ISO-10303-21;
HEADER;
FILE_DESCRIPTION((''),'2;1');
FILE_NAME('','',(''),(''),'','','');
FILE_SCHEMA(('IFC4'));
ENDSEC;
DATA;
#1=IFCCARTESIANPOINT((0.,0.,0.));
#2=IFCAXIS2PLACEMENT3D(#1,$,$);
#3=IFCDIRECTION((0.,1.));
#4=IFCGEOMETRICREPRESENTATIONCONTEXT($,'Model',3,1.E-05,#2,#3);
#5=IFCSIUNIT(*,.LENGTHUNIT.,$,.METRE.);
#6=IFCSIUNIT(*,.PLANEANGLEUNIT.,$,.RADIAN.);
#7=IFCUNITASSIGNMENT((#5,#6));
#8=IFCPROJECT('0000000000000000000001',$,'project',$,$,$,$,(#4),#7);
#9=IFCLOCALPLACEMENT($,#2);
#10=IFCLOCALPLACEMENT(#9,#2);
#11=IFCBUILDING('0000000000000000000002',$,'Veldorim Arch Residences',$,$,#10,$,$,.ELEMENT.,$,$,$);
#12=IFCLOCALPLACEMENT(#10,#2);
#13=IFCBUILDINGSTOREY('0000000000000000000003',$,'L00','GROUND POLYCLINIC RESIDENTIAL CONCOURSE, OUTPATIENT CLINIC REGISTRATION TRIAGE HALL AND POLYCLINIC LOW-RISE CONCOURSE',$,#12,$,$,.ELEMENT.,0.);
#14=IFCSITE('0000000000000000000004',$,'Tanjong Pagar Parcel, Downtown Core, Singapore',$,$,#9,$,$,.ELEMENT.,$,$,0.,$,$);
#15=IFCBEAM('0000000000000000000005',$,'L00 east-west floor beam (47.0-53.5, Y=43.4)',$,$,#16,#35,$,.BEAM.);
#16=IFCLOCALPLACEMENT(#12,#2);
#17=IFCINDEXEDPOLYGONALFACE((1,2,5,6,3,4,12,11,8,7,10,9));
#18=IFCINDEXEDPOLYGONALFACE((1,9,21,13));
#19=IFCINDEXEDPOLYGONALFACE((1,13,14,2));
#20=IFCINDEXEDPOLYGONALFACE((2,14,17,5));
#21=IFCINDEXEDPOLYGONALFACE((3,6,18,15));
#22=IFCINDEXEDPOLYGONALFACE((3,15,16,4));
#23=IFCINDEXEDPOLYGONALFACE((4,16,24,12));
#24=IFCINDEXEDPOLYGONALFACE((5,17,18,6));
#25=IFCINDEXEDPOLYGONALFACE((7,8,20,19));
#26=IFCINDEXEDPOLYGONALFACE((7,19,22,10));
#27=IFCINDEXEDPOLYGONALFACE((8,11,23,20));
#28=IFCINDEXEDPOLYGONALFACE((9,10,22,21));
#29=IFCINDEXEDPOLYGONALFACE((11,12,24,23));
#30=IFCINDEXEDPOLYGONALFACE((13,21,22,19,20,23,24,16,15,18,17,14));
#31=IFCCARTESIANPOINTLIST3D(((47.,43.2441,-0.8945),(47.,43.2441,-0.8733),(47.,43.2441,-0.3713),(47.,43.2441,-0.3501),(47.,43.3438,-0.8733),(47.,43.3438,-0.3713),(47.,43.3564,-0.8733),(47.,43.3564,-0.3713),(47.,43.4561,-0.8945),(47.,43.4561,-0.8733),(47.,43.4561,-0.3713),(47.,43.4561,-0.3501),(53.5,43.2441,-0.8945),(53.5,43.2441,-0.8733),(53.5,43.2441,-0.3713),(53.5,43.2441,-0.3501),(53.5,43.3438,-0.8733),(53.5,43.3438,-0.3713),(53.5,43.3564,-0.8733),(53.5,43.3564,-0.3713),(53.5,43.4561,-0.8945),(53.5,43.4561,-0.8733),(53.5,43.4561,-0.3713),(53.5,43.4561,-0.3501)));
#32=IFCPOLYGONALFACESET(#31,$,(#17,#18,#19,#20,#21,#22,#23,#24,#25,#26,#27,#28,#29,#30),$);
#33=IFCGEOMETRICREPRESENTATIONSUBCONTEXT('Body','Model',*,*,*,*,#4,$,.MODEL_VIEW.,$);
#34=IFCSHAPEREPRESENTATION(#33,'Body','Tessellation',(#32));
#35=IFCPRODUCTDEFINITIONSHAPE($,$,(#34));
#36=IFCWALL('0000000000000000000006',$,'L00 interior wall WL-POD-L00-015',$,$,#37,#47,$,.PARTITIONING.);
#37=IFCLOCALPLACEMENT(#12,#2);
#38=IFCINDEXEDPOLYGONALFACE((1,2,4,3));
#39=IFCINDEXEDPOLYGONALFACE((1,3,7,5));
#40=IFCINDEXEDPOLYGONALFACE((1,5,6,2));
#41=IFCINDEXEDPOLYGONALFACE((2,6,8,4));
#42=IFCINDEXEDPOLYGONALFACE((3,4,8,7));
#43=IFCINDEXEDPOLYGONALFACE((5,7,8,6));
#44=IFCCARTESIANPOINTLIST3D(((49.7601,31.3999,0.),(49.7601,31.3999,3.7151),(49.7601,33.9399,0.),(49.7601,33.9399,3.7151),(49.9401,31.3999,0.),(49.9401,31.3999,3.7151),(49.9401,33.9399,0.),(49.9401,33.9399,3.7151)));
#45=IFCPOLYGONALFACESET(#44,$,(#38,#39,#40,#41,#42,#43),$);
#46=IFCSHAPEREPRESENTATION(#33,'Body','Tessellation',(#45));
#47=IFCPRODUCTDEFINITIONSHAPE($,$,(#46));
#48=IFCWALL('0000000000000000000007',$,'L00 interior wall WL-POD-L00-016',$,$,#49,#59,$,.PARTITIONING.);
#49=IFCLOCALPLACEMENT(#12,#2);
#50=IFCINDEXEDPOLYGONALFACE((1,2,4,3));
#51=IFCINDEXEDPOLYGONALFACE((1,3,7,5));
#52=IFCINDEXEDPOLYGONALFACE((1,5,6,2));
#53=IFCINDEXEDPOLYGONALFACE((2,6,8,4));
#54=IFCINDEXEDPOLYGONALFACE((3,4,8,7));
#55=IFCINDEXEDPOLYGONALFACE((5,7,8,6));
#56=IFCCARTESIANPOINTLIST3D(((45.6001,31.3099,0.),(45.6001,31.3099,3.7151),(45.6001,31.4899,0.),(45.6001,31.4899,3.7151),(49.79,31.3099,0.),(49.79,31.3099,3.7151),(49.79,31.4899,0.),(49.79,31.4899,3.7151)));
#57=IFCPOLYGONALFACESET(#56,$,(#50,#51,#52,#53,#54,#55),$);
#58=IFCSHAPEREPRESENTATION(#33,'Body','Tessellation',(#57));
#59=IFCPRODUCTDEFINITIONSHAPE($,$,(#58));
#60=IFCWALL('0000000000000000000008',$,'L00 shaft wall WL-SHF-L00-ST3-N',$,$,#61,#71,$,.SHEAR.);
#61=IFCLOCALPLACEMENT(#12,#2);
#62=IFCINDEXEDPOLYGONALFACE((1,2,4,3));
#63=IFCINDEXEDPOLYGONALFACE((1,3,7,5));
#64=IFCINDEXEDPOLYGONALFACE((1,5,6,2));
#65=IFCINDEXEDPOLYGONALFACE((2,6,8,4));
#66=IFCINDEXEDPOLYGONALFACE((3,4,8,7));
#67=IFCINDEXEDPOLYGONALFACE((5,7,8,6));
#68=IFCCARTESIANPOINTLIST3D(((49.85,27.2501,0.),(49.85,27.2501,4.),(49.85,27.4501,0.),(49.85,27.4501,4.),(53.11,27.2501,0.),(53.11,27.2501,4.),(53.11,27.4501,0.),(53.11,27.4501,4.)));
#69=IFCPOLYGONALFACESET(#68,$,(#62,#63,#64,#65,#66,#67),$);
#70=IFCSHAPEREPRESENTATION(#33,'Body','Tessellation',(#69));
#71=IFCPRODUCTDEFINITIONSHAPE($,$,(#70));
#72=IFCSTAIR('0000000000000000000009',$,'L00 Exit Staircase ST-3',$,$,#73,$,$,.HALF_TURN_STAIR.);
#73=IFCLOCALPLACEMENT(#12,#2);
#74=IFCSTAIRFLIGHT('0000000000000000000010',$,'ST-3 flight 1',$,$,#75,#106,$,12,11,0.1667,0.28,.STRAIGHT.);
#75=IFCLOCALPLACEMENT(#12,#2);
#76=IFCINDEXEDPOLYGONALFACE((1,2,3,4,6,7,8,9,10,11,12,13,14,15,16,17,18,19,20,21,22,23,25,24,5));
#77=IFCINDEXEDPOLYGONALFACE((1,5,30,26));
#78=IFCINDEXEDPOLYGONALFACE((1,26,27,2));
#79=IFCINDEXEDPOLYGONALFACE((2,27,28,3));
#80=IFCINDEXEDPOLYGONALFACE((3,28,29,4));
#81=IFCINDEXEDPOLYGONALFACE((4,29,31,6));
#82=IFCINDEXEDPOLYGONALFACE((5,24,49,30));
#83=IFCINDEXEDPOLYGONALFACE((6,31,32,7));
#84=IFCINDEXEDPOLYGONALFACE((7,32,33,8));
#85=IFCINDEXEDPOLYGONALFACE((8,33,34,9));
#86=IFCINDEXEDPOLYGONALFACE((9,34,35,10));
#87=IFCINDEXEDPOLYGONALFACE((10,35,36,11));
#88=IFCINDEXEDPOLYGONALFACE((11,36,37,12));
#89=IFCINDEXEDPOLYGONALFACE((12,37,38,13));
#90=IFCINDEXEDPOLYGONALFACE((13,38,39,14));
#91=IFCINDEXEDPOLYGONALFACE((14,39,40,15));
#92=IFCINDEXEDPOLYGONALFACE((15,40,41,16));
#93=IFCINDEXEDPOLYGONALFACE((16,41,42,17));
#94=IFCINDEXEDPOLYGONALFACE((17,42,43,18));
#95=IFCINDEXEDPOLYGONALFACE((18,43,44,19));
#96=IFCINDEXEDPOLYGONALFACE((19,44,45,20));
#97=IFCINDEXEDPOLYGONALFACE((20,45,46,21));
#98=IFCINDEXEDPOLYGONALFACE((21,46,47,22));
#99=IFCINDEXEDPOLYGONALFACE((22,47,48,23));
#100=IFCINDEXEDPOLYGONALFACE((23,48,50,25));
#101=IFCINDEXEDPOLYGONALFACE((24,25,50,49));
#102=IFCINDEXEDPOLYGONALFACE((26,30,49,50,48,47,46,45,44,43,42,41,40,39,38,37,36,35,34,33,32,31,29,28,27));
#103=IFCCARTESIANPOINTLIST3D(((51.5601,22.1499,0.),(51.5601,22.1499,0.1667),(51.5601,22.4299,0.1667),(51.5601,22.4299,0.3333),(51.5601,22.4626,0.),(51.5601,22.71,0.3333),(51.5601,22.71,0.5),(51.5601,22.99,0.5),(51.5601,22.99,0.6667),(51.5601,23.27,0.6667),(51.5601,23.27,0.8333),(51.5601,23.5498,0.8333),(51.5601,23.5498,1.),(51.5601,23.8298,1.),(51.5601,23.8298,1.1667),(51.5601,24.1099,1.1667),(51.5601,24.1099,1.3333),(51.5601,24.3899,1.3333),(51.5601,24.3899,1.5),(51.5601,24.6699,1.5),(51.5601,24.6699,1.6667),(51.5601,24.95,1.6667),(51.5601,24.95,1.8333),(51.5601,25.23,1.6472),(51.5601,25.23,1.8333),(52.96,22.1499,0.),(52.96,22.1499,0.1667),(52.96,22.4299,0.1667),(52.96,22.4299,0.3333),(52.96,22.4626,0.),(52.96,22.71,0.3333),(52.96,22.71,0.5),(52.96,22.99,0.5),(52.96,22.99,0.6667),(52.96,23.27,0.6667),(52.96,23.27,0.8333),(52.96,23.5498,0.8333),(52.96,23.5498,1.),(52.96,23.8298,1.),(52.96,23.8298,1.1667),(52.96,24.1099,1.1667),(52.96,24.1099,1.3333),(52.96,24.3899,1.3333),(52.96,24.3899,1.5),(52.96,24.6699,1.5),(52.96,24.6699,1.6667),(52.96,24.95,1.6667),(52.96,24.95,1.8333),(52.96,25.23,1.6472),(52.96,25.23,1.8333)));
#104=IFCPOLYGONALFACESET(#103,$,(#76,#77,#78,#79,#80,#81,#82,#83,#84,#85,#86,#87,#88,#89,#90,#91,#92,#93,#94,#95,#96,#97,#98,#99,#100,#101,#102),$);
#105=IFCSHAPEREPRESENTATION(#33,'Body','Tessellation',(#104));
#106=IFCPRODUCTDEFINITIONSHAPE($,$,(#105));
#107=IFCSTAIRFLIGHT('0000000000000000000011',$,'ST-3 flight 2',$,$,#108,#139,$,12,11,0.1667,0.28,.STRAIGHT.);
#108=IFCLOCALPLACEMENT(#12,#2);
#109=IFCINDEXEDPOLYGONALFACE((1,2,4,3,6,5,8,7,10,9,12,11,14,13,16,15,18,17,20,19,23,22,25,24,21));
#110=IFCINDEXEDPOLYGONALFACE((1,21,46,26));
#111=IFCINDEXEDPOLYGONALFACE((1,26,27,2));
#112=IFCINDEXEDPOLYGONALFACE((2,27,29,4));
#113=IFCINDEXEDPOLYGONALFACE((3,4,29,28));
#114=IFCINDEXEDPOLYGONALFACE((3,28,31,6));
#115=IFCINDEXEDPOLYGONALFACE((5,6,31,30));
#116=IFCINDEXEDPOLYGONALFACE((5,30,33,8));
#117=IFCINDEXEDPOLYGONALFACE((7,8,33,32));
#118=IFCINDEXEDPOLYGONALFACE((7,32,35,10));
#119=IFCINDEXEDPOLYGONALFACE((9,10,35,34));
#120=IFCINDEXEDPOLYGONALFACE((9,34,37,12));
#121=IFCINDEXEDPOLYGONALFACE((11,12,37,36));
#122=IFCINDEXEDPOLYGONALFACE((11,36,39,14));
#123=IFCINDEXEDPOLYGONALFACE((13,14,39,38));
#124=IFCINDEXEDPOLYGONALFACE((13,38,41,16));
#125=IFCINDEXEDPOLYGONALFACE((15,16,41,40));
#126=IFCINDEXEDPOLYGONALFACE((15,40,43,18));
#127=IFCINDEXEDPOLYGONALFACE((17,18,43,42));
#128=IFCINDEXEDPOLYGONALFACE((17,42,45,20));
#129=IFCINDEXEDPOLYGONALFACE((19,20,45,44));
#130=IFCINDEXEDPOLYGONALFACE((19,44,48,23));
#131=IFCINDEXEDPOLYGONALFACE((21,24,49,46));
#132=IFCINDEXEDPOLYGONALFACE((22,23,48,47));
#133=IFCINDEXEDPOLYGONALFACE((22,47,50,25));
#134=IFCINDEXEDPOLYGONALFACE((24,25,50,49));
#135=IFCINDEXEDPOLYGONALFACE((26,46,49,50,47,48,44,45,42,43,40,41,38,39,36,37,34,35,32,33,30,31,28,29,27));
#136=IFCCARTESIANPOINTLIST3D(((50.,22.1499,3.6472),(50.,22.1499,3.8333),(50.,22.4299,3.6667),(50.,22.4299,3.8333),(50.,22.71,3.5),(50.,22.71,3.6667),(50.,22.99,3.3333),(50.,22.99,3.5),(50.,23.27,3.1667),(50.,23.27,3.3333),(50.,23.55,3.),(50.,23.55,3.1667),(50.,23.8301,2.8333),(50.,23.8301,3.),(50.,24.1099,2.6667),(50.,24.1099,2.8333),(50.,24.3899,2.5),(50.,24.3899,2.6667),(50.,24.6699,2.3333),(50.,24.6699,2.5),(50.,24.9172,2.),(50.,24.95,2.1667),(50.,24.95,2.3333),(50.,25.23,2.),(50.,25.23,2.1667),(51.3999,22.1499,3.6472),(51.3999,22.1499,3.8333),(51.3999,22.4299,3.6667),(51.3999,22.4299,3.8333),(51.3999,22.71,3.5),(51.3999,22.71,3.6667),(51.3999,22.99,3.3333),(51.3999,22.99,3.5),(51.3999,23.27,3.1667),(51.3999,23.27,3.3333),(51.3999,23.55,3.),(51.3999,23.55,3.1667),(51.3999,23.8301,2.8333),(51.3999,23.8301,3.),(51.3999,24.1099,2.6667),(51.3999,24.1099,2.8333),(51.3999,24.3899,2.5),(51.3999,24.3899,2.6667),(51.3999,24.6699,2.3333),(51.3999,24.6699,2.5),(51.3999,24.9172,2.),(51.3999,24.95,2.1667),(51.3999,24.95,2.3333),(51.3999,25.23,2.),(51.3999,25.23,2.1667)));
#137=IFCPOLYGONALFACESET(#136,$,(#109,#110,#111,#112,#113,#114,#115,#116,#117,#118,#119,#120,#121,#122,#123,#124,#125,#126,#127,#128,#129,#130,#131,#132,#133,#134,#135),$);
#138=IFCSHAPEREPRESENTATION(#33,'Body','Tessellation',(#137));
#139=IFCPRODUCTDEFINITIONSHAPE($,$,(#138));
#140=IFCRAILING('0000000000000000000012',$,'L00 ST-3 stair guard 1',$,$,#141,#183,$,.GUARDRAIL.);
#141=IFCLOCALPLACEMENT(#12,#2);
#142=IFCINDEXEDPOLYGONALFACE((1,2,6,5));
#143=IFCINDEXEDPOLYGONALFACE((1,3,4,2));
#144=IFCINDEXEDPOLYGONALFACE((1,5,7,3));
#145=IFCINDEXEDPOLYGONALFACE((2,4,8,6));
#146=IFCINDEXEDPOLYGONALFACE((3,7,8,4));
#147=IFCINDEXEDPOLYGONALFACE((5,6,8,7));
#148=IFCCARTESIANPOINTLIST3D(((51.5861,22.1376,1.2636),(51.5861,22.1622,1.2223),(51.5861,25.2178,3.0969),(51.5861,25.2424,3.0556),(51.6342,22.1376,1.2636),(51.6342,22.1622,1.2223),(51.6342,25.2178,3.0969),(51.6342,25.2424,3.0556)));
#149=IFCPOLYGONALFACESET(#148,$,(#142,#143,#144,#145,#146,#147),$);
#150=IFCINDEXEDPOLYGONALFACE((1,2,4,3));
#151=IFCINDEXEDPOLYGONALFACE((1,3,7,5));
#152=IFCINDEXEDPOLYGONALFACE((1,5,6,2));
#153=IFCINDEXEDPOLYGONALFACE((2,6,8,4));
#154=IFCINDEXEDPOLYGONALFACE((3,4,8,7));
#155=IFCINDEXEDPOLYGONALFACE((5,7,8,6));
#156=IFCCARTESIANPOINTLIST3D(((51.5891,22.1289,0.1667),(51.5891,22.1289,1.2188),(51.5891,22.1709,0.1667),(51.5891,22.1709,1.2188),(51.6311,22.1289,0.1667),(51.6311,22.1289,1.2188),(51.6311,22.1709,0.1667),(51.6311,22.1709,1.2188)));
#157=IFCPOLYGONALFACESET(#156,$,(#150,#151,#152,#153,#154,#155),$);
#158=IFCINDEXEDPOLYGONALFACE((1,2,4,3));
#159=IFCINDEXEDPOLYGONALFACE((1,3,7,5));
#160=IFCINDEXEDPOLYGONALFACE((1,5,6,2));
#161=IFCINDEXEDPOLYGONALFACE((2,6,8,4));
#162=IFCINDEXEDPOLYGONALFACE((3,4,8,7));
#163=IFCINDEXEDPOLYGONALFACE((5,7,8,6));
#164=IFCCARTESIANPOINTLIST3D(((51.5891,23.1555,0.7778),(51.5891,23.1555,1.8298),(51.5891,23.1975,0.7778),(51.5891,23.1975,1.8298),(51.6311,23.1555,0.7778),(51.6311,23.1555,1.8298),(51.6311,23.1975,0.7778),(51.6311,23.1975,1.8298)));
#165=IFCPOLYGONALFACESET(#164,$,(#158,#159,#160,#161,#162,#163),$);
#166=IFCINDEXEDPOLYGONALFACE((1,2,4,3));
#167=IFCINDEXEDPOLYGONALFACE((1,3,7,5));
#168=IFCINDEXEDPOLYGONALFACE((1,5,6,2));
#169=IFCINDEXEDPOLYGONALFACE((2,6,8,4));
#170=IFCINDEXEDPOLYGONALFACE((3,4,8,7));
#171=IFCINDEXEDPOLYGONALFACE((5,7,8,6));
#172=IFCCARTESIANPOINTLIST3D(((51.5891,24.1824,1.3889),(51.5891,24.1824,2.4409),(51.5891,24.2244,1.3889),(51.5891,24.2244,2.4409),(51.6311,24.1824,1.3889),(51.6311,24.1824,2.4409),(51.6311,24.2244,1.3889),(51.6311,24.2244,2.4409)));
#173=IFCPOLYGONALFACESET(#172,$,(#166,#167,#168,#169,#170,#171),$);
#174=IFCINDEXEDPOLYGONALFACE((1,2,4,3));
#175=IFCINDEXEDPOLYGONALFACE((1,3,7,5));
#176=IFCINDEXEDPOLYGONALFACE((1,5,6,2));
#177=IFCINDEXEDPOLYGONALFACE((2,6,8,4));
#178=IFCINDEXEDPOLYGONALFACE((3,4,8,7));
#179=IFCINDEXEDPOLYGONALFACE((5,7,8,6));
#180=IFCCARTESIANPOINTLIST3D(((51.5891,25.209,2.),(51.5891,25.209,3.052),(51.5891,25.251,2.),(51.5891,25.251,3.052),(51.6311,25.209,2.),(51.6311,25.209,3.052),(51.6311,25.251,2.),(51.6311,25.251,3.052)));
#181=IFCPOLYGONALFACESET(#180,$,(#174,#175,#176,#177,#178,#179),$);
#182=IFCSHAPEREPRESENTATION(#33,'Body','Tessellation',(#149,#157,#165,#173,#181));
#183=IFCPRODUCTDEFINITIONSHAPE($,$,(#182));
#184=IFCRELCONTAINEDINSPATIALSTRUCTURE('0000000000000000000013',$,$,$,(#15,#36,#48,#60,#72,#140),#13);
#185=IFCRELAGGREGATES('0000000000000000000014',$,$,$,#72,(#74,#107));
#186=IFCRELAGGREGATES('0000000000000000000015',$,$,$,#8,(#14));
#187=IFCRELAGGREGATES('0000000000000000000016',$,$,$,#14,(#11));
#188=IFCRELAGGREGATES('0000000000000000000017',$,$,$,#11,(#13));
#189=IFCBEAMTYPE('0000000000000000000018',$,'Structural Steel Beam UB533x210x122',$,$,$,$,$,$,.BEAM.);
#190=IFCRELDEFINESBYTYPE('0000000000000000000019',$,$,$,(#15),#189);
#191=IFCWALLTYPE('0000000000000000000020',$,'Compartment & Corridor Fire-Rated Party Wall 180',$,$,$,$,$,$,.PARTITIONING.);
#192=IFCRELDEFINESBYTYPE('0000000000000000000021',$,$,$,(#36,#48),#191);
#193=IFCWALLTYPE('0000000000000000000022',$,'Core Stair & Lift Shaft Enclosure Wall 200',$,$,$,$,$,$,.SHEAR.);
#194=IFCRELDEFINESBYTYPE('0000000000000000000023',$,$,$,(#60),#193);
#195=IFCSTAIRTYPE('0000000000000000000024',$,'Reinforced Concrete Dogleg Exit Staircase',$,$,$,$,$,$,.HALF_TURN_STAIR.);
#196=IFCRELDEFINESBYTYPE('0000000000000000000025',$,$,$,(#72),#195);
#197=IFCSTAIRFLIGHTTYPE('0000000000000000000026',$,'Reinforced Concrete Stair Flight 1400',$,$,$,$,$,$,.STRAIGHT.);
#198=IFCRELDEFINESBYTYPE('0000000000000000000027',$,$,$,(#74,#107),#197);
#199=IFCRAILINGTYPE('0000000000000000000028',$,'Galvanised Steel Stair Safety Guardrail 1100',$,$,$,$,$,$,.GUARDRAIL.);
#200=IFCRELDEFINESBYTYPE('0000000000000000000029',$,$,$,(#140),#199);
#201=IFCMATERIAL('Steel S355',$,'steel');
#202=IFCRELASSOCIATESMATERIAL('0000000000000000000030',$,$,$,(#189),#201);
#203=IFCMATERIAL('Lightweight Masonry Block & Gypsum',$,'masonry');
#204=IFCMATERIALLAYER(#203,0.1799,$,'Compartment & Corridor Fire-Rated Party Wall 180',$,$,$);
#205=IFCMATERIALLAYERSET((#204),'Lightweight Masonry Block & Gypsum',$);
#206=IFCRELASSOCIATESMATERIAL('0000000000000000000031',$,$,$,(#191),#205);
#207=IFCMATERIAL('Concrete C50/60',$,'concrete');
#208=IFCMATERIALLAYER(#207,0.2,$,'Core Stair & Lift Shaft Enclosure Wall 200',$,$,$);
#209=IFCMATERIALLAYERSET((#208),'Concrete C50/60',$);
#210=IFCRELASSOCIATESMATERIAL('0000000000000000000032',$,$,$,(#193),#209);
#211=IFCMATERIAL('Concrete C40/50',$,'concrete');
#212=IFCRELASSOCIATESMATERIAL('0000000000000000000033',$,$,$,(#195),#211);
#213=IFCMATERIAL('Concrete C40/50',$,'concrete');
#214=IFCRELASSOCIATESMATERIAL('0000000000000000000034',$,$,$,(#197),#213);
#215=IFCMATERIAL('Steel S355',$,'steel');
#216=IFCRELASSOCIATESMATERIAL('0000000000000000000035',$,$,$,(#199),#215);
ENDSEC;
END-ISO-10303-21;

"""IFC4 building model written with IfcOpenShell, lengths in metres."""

from ifc_helpers import new_model, si_unit, direction, frame, frame_2d, origin, origin_2d, place, context, subcontext, project, spatial, polyline, rectangle, i_section, outline, extrude, material, layer, layer_set, material_profile, profile_set, type_object, element, aggregate, save


model = new_model("IFC4")

# Units and contexts
model_context = context("Model", 3, precision=1e-05, world=origin(), true_north=direction((0.0, 1.0)))
body_context = subcontext(model_context, "Body", "Model", "MODEL_VIEW")
ifc_project = project(units=[si_unit("LENGTHUNIT", "METRE"), si_unit("PLANEANGLEUNIT", "RADIAN")], contexts=[model_context])

# Site, building, storey
site_placement = place(None, origin())
site = spatial("IfcSite", under=ifc_project, at=site_placement, Name="Tanjong Pagar Parcel, Downtown Core, Singapore", CompositionType="ELEMENT", RefElevation=0.0)
building_placement = place(site_placement, origin())
building = spatial("IfcBuilding", under=site, at=building_placement, Name="Veldorim Arch Residences", CompositionType="ELEMENT")
storey_placement = place(building_placement, origin())
storey = spatial("IfcBuildingStorey", under=building, at=storey_placement, Name="L00", Description="GROUND POLYCLINIC RESIDENTIAL CONCOURSE, OUTPATIENT CLINIC REGISTRATION TRIAGE HALL AND POLYCLINIC LOW-RISE CONCOURSE", CompositionType="ELEMENT", Elevation=0.0)

# Beam
ifc_material_1 = material(Name="Steel S355", Category="steel")
ifc_material_profile_1 = material_profile(ifc_material_1, i_section(OverallWidth=0.2119, OverallDepth=0.5444, WebThickness=0.0127, FlangeThickness=0.0212, at=origin_2d()), Name="UB533x210x122")
ifc_profile_set_1 = profile_set([ifc_material_profile_1], Name="Steel S355")
beam_type_1 = type_object("IfcBeamType", Name="Structural Steel Beam UB533x210x122", PredefinedType="BEAM", material=ifc_profile_set_1)
for number, where, z_axis, x_axis, name in (
    (1, (47.0, 43.3501, -0.6223), (1.0, 0.0, 0.0), (0.0, 1.0, 0.0), "L00 east-west floor beam (47.0-53.5, Y=43.4)"),
):
    element("IfcBeam", number, at=place(storey_placement, frame(where, z_axis=z_axis, x_axis=x_axis)), inside=storey, type_object=beam_type_1, Name=name, PredefinedType="BEAM", context=body_context, shape_type="SweptSolid", body=[
        extrude(i_section(OverallWidth=0.2119, OverallDepth=0.5444, WebThickness=0.0127, FlangeThickness=0.0212, at=origin_2d()), origin(), (0.0, 0.0, 1.0), 6.5),
    ])

# Walls
ifc_material_2 = material(Name="Lightweight Masonry Block & Gypsum", Category="masonry")
ifc_layer_1 = layer(ifc_material_2, 0.1799, Name="Compartment & Corridor Fire-Rated Party Wall 180")
ifc_layer_set_1 = layer_set([ifc_layer_1], Name="Lightweight Masonry Block & Gypsum")
wall_type_1 = type_object("IfcWallType", Name="Compartment & Corridor Fire-Rated Party Wall 180", PredefinedType="PARTITIONING", material=ifc_layer_set_1)
wall_1_placement = place(storey_placement, frame((49.8501, 33.9399, 0.0), z_axis=(0.0, 0.0, 1.0), x_axis=(0.0, -1.0, 0.0)))
element("IfcWall", 2, at=wall_1_placement, inside=storey, type_object=wall_type_1, Name="L00 interior wall WL-POD-L00-015", PredefinedType="PARTITIONING", context=body_context, shape_type="SweptSolid", body=[
    extrude(rectangle(XDim=2.54, YDim=0.1799, at=frame_2d((1.27, 0.0))), origin(), (0.0, 0.0, 1.0), 3.7151),
])
wall_2_placement = place(storey_placement, frame((49.79, 31.3999, 0.0), z_axis=(0.0, 0.0, 1.0), x_axis=(-1.0, 0.0, 0.0)))
element("IfcWall", 3, at=wall_2_placement, inside=storey, type_object=wall_type_1, Name="L00 interior wall WL-POD-L00-016", PredefinedType="PARTITIONING", context=body_context, shape_type="SweptSolid", body=[
    extrude(rectangle(XDim=4.1899, YDim=0.1799, at=frame_2d((2.095, 0.0))), origin(), (0.0, 0.0, 1.0), 3.7151),
])
ifc_material_3 = material(Name="Concrete C50/60", Category="concrete")
ifc_layer_2 = layer(ifc_material_3, 0.2, Name="Core Stair & Lift Shaft Enclosure Wall 200")
ifc_layer_set_2 = layer_set([ifc_layer_2], Name="Concrete C50/60")
wall_type_2 = type_object("IfcWallType", Name="Core Stair & Lift Shaft Enclosure Wall 200", PredefinedType="SHEAR", material=ifc_layer_set_2)
wall_3_placement = place(storey_placement, frame((49.8501, 27.3501, 0.0), z_axis=(0.0, 0.0, 1.0), x_axis=(1.0, 0.0, 0.0)))
element("IfcWall", 4, at=wall_3_placement, inside=storey, type_object=wall_type_2, Name="L00 shaft wall WL-SHF-L00-ST3-N", PredefinedType="SHEAR", context=body_context, shape_type="SweptSolid", body=[
    extrude(rectangle(XDim=3.26, YDim=0.2, at=frame_2d((1.6299, 0.0))), origin(), (0.0, 0.0, 1.0), 4.0),
])

# Stair, stair flights
ifc_material_4 = material(Name="Concrete C40/50", Category="concrete")
stair_type = type_object("IfcStairType", Name="Reinforced Concrete Dogleg Exit Staircase", PredefinedType="HALF_TURN_STAIR", material=ifc_material_4)
stair_placement = place(storey_placement, origin())
stair = element("IfcStair", 5, at=stair_placement, inside=storey, type_object=stair_type, Name="L00 Exit Staircase ST-3", PredefinedType="HALF_TURN_STAIR")
ifc_material_5 = material(Name="Concrete C40/50", Category="concrete")
stair_flight_type = type_object("IfcStairFlightType", Name="Reinforced Concrete Stair Flight 1400", PredefinedType="STRAIGHT", material=ifc_material_5)
stair_flight_1_placement = place(storey_placement, frame((52.26, 22.1499, 0.0), z_axis=(0.0, 0.0, 1.0), x_axis=(0.0, 1.0, 0.0)))
stair_flight_1 = element("IfcStairFlight", 6, at=stair_flight_1_placement, type_object=stair_flight_type, Name="ST-3 flight 1", NumberOfRisers=12, NumberOfTreads=11, PredefinedType="STRAIGHT", RiserHeight=0.1667, TreadLength=0.28, context=body_context, shape_type="SweptSolid", body=[
    extrude(outline(polyline([(0.0, 0.0), (0.0, 0.1667), (0.28, 0.1667), (0.28, 0.3333), (0.5601, 0.3333), (0.5601, 0.5), (0.8401, 0.5), (0.8401, 0.6667), (1.1201, 0.6667), (1.1201, 0.8333), (1.3999, 0.8333), (1.3999, 1.0), (1.6799, 1.0), (1.6799, 1.1667), (1.96, 1.1667), (1.96, 1.3333), (2.24, 1.3333), (2.24, 1.5), (2.52, 1.5), (2.52, 1.6667), (2.8, 1.6667), (2.8, 1.8333), (3.0801, 1.8333), (3.0801, 2.0), (3.0801, 1.6472), (0.3127, 0.0), (0.0, 0.0)])), frame((0.0, 0.7, 0.0), z_axis=(0.0, -1.0, 0.0), x_axis=(1.0, 0.0, 0.0)), (0.0, 0.0, 1.0), 1.3999),
])
stair_flight_2_placement = place(storey_placement, frame((50.7, 25.23, 2.0), z_axis=(0.0, 0.0, 1.0), x_axis=(0.0, -1.0, 0.0)))
stair_flight_2 = element("IfcStairFlight", 7, at=stair_flight_2_placement, type_object=stair_flight_type, Name="ST-3 flight 2", NumberOfRisers=12, NumberOfTreads=11, PredefinedType="STRAIGHT", RiserHeight=0.1667, TreadLength=0.28, context=body_context, shape_type="SweptSolid", body=[
    extrude(outline(polyline([(0.0, 0.0), (0.0, 0.1667), (0.28, 0.1667), (0.28, 0.3333), (0.5601, 0.3333), (0.5601, 0.5), (0.8401, 0.5), (0.8401, 0.6667), (1.1201, 0.6667), (1.1201, 0.8333), (1.3999, 0.8333), (1.3999, 1.0), (1.6799, 1.0), (1.6799, 1.1667), (1.96, 1.1667), (1.96, 1.3333), (2.24, 1.3333), (2.24, 1.5), (2.52, 1.5), (2.52, 1.6667), (2.8, 1.6667), (2.8, 1.8333), (3.0801, 1.8333), (3.0801, 2.0), (3.0801, 1.6472), (0.3127, 0.0), (0.0, 0.0)])), frame((0.0, 0.7, 0.0), z_axis=(0.0, -1.0, 0.0), x_axis=(1.0, 0.0, 0.0)), (0.0, 0.0, 1.0), 1.3999),
])
aggregate(stair, [stair_flight_1, stair_flight_2])

# Railing
ifc_material_6 = material(Name="Steel S355", Category="steel")
railing_type_1 = type_object("IfcRailingType", Name="Galvanised Steel Stair Safety Guardrail 1100", PredefinedType="GUARDRAIL", material=ifc_material_6)
railing_1_placement = place(storey_placement, frame((51.6101, 22.1499, 0.1667)))
element("IfcRailing", 8, at=railing_1_placement, inside=storey, type_object=railing_type_1, Name="L00 ST-3 stair guard 1", PredefinedType="GUARDRAIL", context=body_context, shape_type="SweptSolid", body=[
    extrude(rectangle(XDim=0.0481, YDim=0.0481, at=origin_2d()), frame((0.0, 0.0, 1.0762), z_axis=(0.0, 0.859309, 0.511458), x_axis=(-1.0, 0.0, 0.0)), (0.0, 0.0, 1.0), 3.5845),
    extrude(rectangle(XDim=0.042, YDim=0.042, at=origin_2d()), origin(), (0.0, 0.0, 1.0), 1.052),
    extrude(rectangle(XDim=0.042, YDim=0.042, at=origin_2d()), frame((0.0, 1.0266, 0.6111)), (0.0, 0.0, 1.0), 1.052),
    extrude(rectangle(XDim=0.042, YDim=0.042, at=origin_2d()), frame((0.0, 2.0535, 1.2222)), (0.0, 0.0, 1.0), 1.052),
    extrude(rectangle(XDim=0.042, YDim=0.042, at=origin_2d()), frame((0.0, 3.0801, 1.8333)), (0.0, 0.0, 1.0), 1.052),
])

save(model, "model.ifc")
